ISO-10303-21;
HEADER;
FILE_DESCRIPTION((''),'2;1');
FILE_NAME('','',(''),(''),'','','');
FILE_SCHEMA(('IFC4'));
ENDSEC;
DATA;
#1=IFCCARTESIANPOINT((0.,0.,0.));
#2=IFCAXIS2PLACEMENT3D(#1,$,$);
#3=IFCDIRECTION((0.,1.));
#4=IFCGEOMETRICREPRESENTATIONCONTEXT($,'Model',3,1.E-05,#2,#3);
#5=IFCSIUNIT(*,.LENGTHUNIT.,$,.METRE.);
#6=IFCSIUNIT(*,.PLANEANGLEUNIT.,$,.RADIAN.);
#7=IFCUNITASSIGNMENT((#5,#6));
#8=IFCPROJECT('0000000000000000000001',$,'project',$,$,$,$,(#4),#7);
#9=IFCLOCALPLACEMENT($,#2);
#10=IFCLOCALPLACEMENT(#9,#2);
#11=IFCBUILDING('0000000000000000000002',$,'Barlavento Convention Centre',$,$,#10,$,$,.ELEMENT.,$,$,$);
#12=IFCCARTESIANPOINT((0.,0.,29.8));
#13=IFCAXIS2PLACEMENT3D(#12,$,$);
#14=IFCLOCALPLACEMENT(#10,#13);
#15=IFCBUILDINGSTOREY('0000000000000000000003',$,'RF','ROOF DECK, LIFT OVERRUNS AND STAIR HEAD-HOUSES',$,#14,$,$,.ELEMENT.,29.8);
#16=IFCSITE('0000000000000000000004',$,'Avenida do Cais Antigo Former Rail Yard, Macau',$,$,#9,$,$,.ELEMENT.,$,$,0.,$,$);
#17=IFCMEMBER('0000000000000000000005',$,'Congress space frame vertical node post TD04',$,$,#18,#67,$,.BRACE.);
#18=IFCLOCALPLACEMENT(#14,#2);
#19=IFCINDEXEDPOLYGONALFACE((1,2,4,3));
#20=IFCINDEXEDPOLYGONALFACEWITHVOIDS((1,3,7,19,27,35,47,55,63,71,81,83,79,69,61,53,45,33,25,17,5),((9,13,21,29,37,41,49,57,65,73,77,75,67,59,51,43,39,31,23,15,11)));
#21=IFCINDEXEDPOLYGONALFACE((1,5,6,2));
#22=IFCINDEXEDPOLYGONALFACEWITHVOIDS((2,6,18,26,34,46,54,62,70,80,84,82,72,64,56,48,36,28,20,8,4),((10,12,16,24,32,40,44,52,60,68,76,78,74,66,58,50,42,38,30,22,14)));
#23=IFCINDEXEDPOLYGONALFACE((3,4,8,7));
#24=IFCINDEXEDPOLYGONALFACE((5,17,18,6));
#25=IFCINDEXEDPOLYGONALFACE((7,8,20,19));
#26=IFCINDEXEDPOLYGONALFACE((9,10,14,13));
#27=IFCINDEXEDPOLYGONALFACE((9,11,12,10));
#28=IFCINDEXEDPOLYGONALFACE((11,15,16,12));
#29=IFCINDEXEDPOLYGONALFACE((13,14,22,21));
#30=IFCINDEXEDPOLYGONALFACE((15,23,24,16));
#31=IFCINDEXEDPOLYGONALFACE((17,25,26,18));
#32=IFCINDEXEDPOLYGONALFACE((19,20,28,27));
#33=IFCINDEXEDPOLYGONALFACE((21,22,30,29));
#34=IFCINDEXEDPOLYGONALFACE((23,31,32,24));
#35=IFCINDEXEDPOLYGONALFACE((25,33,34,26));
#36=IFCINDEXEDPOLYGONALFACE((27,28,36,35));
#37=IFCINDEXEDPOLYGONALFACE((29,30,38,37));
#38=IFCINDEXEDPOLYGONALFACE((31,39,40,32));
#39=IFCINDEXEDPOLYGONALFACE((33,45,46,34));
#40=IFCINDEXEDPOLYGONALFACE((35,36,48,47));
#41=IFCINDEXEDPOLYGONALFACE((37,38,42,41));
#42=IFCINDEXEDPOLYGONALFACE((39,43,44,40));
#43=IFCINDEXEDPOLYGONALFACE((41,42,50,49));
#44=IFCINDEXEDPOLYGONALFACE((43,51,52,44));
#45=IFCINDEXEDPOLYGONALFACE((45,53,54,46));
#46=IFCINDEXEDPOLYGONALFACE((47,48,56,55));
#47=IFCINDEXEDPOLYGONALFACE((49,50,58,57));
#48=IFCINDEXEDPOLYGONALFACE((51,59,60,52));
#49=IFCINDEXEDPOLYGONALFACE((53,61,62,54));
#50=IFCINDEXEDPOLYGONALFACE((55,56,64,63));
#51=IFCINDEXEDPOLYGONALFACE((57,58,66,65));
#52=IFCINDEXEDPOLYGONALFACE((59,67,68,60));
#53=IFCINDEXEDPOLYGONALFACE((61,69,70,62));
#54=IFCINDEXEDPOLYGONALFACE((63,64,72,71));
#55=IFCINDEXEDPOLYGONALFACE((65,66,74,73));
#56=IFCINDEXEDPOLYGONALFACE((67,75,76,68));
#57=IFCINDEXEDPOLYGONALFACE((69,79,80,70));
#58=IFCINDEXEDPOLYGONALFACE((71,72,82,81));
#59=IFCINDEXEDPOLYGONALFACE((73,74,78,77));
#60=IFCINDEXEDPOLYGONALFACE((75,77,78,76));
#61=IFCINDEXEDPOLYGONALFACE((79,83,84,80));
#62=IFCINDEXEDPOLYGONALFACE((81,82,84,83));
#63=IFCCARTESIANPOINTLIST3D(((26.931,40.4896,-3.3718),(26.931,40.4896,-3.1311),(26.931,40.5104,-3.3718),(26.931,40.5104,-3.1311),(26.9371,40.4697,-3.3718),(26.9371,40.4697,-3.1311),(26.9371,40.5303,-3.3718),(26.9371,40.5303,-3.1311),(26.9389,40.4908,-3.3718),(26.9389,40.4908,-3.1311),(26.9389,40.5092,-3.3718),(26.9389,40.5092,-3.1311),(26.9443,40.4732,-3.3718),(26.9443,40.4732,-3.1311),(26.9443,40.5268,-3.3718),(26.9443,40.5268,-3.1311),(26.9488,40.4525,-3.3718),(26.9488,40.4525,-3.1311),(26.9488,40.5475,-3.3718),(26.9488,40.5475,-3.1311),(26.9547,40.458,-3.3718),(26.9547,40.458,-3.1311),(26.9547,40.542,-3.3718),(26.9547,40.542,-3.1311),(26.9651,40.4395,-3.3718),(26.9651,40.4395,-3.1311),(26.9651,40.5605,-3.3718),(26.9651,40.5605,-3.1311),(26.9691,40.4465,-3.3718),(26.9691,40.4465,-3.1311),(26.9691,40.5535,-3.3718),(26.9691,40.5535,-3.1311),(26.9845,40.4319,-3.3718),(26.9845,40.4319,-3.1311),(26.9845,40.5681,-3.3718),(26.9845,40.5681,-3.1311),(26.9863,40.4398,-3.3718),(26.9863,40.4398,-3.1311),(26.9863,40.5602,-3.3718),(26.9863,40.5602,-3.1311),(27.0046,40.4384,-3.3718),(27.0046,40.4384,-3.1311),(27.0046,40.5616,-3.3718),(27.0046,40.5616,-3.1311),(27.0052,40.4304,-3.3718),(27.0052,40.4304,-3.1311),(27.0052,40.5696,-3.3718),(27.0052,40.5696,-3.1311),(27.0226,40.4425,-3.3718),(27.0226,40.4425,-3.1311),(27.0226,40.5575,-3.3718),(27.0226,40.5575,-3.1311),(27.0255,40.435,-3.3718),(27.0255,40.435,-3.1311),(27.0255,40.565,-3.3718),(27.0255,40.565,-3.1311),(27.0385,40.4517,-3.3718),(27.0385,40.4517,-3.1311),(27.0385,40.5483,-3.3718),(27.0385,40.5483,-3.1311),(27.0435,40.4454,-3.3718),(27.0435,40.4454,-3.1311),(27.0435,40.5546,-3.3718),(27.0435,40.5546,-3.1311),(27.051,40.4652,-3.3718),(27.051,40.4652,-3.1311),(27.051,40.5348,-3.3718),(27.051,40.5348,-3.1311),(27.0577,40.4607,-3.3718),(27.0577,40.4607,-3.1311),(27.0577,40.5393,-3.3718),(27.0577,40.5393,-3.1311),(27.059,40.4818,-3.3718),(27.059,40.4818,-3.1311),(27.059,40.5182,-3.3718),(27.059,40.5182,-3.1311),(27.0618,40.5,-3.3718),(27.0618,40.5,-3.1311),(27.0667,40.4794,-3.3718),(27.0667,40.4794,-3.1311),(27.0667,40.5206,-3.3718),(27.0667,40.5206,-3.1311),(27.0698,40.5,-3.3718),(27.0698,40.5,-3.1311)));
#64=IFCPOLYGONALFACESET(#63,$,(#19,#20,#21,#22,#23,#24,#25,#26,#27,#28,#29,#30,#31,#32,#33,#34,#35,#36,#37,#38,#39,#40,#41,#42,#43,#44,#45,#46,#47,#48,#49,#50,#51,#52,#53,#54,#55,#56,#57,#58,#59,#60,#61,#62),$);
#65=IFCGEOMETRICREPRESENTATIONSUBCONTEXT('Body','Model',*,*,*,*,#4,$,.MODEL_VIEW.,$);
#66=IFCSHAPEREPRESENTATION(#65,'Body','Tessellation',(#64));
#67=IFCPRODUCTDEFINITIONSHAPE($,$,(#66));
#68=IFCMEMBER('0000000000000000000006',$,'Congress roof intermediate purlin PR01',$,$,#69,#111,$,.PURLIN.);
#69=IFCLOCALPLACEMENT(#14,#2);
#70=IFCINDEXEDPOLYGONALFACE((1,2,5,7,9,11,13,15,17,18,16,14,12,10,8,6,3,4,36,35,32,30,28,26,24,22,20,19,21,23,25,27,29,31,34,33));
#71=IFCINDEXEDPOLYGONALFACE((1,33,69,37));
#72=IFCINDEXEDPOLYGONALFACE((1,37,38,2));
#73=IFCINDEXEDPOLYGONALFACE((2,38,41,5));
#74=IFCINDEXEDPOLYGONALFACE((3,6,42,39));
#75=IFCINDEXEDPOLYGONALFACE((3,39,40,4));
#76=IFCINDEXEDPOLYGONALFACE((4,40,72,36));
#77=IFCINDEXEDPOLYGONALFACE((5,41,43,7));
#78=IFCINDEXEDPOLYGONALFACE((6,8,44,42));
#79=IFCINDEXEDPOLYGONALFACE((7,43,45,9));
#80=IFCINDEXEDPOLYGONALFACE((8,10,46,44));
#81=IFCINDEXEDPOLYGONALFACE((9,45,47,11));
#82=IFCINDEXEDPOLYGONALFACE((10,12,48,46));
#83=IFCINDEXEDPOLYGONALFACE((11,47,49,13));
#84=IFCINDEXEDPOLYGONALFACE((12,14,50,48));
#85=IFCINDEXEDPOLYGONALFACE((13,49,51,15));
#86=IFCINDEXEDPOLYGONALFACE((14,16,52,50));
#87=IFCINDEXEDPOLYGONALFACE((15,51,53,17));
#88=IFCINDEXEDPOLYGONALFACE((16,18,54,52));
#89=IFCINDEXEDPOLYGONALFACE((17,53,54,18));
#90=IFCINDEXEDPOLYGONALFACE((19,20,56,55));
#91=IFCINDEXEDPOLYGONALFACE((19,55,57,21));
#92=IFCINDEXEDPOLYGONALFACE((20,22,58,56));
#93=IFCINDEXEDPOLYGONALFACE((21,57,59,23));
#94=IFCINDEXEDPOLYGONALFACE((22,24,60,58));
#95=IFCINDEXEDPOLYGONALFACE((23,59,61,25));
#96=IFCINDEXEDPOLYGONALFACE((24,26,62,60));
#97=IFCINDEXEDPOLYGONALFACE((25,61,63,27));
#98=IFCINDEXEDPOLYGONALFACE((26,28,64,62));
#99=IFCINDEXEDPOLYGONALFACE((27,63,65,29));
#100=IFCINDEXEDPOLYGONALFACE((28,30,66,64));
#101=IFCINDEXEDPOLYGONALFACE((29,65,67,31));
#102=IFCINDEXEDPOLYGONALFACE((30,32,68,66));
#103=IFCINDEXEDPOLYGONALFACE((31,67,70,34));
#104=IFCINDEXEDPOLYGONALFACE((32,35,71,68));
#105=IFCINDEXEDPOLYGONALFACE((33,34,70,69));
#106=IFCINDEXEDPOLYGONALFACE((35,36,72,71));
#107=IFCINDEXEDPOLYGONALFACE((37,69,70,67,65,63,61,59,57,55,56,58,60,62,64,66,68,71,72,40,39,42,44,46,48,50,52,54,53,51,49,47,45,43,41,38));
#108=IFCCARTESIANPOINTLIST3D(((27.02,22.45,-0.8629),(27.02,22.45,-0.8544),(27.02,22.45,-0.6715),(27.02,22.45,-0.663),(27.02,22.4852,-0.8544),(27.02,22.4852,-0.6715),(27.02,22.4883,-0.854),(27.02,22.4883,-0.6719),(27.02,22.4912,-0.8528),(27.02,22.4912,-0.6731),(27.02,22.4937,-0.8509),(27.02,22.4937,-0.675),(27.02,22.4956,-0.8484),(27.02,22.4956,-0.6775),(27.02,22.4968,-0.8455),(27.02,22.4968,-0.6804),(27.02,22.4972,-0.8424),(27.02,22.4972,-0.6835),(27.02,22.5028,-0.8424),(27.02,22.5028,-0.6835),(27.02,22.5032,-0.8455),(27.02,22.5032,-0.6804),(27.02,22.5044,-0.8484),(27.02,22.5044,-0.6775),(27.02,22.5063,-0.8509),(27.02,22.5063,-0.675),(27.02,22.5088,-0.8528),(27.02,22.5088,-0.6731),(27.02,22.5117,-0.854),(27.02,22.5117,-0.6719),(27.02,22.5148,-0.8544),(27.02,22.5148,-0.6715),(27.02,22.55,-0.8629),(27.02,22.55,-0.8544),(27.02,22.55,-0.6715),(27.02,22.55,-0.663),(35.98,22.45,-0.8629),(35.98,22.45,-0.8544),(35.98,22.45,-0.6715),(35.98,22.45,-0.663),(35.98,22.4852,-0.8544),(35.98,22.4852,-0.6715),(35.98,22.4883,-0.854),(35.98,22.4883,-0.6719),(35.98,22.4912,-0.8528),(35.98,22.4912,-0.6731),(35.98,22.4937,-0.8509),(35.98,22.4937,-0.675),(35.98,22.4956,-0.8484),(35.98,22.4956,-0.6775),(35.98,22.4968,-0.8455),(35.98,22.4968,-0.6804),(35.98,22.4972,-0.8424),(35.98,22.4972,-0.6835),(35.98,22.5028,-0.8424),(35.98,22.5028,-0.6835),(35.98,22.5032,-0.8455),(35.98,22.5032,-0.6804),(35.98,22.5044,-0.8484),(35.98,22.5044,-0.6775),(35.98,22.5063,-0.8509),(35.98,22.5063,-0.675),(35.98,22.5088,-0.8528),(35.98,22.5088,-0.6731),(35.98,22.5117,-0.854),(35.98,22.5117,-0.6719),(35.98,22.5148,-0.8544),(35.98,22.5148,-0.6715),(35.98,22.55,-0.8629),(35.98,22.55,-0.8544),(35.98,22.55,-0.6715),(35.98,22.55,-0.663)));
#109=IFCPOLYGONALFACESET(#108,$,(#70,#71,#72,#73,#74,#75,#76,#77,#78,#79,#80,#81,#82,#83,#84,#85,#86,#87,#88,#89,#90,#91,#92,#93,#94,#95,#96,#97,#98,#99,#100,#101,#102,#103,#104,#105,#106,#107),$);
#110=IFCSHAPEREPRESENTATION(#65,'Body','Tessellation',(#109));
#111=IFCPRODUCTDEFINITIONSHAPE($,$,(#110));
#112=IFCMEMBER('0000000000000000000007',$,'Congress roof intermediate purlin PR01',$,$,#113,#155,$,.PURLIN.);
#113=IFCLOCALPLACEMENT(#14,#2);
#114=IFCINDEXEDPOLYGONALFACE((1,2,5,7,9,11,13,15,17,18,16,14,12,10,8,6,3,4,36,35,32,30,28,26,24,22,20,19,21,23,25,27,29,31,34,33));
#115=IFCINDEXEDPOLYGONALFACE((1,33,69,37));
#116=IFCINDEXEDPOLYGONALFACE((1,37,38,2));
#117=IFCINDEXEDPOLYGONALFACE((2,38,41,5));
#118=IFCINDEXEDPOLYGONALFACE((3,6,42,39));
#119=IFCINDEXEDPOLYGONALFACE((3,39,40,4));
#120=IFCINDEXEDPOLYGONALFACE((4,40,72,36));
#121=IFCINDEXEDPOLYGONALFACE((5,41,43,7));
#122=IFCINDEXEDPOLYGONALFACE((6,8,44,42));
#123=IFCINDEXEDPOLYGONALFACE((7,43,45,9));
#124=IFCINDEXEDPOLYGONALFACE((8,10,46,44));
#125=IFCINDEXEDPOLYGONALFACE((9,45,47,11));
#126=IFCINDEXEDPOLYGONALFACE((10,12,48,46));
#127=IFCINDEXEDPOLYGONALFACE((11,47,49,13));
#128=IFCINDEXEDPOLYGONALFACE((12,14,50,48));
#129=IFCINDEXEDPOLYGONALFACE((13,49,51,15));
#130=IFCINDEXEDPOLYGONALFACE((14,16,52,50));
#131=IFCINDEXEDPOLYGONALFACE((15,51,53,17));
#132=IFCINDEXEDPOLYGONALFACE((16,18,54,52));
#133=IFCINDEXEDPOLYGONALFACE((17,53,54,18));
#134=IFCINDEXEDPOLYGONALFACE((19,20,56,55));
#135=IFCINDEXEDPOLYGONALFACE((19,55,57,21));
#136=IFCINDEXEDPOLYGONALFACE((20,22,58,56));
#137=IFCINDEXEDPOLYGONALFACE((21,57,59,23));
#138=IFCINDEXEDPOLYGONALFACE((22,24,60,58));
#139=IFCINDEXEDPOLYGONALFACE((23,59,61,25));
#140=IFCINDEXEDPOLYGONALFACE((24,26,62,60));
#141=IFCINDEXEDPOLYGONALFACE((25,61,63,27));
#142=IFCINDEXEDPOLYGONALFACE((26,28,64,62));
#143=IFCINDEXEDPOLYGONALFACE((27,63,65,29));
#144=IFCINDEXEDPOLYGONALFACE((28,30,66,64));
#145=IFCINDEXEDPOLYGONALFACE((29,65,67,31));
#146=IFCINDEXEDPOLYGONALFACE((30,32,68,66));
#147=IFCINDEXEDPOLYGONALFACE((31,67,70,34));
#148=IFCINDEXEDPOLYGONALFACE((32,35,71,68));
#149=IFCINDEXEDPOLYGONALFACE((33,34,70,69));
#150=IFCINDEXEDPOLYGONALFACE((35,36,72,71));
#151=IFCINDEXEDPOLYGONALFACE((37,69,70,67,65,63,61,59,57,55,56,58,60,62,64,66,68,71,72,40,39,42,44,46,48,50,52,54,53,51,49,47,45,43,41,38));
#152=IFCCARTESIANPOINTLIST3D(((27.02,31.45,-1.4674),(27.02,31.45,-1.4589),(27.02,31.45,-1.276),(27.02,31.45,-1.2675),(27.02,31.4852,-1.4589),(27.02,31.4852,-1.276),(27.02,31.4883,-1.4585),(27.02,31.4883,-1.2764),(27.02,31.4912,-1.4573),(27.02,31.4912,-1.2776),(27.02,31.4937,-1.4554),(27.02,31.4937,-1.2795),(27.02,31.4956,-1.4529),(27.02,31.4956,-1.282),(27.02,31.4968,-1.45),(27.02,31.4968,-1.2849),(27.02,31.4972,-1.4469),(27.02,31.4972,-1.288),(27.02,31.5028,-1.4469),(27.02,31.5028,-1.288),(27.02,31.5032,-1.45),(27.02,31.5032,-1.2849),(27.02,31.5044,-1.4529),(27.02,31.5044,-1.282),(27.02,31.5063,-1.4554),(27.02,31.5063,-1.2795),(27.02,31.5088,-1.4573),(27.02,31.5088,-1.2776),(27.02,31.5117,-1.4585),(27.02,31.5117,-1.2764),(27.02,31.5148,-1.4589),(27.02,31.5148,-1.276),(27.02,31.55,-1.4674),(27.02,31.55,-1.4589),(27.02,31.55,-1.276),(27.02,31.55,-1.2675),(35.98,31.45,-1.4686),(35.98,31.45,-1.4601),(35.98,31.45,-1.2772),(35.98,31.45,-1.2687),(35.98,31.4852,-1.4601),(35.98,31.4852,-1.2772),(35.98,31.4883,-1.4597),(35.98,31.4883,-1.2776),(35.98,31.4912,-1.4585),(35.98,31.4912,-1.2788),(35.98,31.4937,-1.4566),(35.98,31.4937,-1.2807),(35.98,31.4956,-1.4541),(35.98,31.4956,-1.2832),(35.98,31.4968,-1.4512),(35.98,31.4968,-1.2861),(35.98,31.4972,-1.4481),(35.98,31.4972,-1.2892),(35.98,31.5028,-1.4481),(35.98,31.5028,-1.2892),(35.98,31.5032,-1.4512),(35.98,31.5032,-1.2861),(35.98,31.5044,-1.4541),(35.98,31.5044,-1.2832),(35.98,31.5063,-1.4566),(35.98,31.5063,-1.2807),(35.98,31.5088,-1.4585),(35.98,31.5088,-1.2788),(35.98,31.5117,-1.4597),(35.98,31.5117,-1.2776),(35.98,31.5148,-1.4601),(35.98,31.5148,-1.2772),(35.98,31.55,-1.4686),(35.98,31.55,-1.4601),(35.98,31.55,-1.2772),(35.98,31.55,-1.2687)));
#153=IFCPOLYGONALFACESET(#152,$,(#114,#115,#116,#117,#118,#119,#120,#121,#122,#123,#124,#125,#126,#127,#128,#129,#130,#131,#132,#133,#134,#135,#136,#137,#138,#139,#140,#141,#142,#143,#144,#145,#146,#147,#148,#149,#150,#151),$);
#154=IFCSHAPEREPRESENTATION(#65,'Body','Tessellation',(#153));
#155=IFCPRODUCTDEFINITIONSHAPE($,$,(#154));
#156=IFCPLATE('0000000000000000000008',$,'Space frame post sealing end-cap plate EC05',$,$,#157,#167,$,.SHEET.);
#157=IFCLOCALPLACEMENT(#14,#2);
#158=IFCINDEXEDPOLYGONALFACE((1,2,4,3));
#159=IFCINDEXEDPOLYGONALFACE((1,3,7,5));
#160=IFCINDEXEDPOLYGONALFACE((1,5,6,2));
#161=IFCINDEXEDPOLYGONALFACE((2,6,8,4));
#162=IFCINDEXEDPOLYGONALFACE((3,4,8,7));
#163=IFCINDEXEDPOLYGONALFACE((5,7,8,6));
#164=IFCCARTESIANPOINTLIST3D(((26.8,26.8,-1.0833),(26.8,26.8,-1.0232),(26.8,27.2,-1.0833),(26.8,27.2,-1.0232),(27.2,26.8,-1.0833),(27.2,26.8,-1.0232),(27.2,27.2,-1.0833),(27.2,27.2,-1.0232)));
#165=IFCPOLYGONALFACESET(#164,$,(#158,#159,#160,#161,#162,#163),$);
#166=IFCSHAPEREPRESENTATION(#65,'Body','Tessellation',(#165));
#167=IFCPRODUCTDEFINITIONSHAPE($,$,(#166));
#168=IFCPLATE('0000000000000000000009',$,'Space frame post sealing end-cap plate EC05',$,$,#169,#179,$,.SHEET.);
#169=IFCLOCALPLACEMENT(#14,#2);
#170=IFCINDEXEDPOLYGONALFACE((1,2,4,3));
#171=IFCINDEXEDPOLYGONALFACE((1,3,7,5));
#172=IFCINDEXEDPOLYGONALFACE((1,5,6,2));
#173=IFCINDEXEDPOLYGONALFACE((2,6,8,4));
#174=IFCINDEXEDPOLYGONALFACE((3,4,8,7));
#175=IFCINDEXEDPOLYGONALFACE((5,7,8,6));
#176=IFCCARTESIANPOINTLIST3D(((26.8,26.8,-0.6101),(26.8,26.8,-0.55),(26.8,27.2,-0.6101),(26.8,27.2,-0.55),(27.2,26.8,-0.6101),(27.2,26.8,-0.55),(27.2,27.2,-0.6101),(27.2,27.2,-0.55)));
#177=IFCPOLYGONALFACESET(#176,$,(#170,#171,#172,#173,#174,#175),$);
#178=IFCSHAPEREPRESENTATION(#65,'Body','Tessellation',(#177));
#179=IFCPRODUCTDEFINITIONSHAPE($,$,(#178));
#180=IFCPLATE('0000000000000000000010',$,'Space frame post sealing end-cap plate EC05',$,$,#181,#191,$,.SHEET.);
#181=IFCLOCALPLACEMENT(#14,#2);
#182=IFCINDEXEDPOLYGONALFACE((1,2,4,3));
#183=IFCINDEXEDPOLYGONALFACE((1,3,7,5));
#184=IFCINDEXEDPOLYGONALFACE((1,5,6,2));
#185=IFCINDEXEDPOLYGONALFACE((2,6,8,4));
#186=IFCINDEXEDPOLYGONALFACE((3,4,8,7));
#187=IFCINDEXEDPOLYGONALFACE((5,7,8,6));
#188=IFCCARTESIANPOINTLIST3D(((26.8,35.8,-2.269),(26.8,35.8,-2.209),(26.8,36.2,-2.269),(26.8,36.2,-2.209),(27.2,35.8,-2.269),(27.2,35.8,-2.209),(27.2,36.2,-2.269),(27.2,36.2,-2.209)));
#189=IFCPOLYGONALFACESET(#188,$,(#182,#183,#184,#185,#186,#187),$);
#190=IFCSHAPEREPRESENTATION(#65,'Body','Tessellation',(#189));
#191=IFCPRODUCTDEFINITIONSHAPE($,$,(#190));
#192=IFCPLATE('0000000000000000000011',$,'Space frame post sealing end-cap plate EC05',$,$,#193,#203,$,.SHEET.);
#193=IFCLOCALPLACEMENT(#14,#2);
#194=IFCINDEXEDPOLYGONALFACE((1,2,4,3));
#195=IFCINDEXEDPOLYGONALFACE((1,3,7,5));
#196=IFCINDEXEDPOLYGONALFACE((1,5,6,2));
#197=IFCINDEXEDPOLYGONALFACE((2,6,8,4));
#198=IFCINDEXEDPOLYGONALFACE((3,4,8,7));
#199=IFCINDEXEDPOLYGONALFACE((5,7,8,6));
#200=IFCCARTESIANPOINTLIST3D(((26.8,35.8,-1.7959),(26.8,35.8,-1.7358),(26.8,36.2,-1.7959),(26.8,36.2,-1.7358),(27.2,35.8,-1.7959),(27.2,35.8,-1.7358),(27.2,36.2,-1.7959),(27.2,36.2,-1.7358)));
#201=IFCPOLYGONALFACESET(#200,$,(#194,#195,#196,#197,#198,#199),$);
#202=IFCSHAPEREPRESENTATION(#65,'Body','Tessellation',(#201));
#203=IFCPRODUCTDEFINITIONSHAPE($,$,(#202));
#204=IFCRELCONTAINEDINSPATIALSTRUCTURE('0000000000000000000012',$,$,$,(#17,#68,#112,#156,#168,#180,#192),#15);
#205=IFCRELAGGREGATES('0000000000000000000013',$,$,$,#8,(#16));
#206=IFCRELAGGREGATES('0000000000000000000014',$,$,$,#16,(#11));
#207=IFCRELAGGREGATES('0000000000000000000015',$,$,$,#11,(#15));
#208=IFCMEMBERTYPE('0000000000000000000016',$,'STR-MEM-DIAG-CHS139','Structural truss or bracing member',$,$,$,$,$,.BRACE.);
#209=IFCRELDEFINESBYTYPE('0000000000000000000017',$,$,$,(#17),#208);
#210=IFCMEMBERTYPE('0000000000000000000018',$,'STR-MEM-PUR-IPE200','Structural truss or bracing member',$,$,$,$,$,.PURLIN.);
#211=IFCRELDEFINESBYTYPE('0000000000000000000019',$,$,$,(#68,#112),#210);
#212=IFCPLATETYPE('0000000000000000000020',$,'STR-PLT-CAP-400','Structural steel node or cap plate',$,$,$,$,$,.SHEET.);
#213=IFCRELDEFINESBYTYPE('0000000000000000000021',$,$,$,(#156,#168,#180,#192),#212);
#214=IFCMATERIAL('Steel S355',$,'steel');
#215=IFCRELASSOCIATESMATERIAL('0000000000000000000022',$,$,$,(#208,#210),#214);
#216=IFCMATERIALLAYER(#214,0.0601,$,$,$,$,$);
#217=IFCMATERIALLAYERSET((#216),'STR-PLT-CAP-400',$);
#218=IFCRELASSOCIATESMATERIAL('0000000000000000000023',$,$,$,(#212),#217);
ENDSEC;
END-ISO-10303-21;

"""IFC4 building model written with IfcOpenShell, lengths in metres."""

from ifc_helpers import new_model, si_unit, direction, frame, origin, origin_2d, place, context, subcontext, project, spatial, rectangle, hollow_circle, i_section, extrude, material, layer, layer_set, material_profile, profile_set, type_object, element, save


model = new_model("IFC4")

# Units and contexts
model_context = context("Model", 3, precision=1e-05, world=origin(), true_north=direction((0.0, 1.0)))
body_context = subcontext(model_context, "Body", "Model", "MODEL_VIEW")
ifc_project = project(units=[si_unit("LENGTHUNIT", "METRE"), si_unit("PLANEANGLEUNIT", "RADIAN")], contexts=[model_context])

# Site, building, storey
site_placement = place(None, origin())
site = spatial("IfcSite", under=ifc_project, at=site_placement, Name="Avenida do Cais Antigo Former Rail Yard, Macau", CompositionType="ELEMENT", RefElevation=0.0)
building_placement = place(site_placement, origin())
building = spatial("IfcBuilding", under=site, at=building_placement, Name="Barlavento Convention Centre", CompositionType="ELEMENT")
storey_placement = place(building_placement, frame((0.0, 0.0, 29.8)))
storey = spatial("IfcBuildingStorey", under=building, at=storey_placement, Name="RF", Description="ROOF DECK, LIFT OVERRUNS AND STAIR HEAD-HOUSES", CompositionType="ELEMENT", Elevation=29.8)

# Members
ifc_material_1 = material(Name="Steel S355", Category="steel")
ifc_material_profile_1 = material_profile(ifc_material_1, hollow_circle(Radius=0.0698, WallThickness=0.0081, at=origin_2d()), Name="CHS 139.7x8.0")
ifc_profile_set_1 = profile_set([ifc_material_profile_1], Name="Steel S355")
member_type_1 = type_object("IfcMemberType", Name="STR-MEM-DIAG-CHS139", Description="Structural truss or bracing member", PredefinedType="BRACE", material=ifc_profile_set_1)
member_1_placement = place(storey_placement, frame((27.0, 40.5, -3.3718), z_axis=(0.0, 0.0, 1.0), x_axis=(1.0, 0.0, 0.0)))
element("IfcMember", 1, at=member_1_placement, inside=storey, type_object=member_type_1, Name="Congress space frame vertical node post TD04", PredefinedType="BRACE", context=body_context, shape_type="SweptSolid", body=[
    extrude(hollow_circle(Radius=0.0698, WallThickness=0.0081, at=origin_2d()), origin(), (0.0, 0.0, 1.0), 0.2407),
])
ifc_material_profile_2 = material_profile(ifc_material_1, i_section(OverallWidth=0.1001, OverallDepth=0.2, WebThickness=0.0056, FlangeThickness=0.0085, FilletRadius=0.012, at=origin_2d()), Name="IPE 200")
ifc_profile_set_2 = profile_set([ifc_material_profile_2], Name="Steel S355")
member_type_2 = type_object("IfcMemberType", Name="STR-MEM-PUR-IPE200", Description="Structural truss or bracing member", PredefinedType="PURLIN", material=ifc_profile_set_2)
for number, where, z_axis, x_axis, name in (
    (2, (27.02, 22.5, -0.7629), (1.0, 0.0, 0.0), (0.0, 1.0, 0.0), "Congress roof intermediate purlin PR01"),
    (3, (27.02, 31.5, -1.3674), (1.0, 0.0, -0.000136), (0.0, 1.0, 0.0), "Congress roof intermediate purlin PR01"),
):
    element("IfcMember", number, at=place(storey_placement, frame(where, z_axis=z_axis, x_axis=x_axis)), inside=storey, type_object=member_type_2, Name=name, PredefinedType="PURLIN", context=body_context, shape_type="SweptSolid", body=[
        extrude(i_section(OverallWidth=0.1001, OverallDepth=0.2, WebThickness=0.0056, FlangeThickness=0.0085, FilletRadius=0.012, at=origin_2d()), origin(), (0.0, 0.0, 1.0), 8.96),
    ])

# Plates
ifc_layer_1 = layer(ifc_material_1, 0.0601)
ifc_layer_set_1 = layer_set([ifc_layer_1], Name="STR-PLT-CAP-400")
plate_type_1 = type_object("IfcPlateType", Name="STR-PLT-CAP-400", Description="Structural steel node or cap plate", PredefinedType="SHEET", material=ifc_layer_set_1)
for number, where, z_axis, x_axis, name in (
    (4, (27.0, 27.0, -1.0833), (0.0, 0.0, 1.0), (1.0, 0.0, 0.0), "Space frame post sealing end-cap plate EC05"),
    (5, (27.0, 27.0, -0.6101), (0.0, 0.0, 1.0), (1.0, 0.0, 0.0), "Space frame post sealing end-cap plate EC05"),
    (6, (27.0, 36.0, -2.269), (0.0, 0.0, 1.0), (1.0, 0.0, 0.0), "Space frame post sealing end-cap plate EC05"),
    (7, (27.0, 36.0, -1.7959), (0.0, 0.0, 1.0), (1.0, 0.0, 0.0), "Space frame post sealing end-cap plate EC05"),
):
    element("IfcPlate", number, at=place(storey_placement, frame(where, z_axis=z_axis, x_axis=x_axis)), inside=storey, type_object=plate_type_1, Name=name, PredefinedType="SHEET", context=body_context, shape_type="SweptSolid", body=[
        extrude(rectangle(XDim=0.3999, YDim=0.3999, at=origin_2d()), origin(), (0.0, 0.0, 1.0), 0.0601),
    ])

save(model, "model.ifc")
